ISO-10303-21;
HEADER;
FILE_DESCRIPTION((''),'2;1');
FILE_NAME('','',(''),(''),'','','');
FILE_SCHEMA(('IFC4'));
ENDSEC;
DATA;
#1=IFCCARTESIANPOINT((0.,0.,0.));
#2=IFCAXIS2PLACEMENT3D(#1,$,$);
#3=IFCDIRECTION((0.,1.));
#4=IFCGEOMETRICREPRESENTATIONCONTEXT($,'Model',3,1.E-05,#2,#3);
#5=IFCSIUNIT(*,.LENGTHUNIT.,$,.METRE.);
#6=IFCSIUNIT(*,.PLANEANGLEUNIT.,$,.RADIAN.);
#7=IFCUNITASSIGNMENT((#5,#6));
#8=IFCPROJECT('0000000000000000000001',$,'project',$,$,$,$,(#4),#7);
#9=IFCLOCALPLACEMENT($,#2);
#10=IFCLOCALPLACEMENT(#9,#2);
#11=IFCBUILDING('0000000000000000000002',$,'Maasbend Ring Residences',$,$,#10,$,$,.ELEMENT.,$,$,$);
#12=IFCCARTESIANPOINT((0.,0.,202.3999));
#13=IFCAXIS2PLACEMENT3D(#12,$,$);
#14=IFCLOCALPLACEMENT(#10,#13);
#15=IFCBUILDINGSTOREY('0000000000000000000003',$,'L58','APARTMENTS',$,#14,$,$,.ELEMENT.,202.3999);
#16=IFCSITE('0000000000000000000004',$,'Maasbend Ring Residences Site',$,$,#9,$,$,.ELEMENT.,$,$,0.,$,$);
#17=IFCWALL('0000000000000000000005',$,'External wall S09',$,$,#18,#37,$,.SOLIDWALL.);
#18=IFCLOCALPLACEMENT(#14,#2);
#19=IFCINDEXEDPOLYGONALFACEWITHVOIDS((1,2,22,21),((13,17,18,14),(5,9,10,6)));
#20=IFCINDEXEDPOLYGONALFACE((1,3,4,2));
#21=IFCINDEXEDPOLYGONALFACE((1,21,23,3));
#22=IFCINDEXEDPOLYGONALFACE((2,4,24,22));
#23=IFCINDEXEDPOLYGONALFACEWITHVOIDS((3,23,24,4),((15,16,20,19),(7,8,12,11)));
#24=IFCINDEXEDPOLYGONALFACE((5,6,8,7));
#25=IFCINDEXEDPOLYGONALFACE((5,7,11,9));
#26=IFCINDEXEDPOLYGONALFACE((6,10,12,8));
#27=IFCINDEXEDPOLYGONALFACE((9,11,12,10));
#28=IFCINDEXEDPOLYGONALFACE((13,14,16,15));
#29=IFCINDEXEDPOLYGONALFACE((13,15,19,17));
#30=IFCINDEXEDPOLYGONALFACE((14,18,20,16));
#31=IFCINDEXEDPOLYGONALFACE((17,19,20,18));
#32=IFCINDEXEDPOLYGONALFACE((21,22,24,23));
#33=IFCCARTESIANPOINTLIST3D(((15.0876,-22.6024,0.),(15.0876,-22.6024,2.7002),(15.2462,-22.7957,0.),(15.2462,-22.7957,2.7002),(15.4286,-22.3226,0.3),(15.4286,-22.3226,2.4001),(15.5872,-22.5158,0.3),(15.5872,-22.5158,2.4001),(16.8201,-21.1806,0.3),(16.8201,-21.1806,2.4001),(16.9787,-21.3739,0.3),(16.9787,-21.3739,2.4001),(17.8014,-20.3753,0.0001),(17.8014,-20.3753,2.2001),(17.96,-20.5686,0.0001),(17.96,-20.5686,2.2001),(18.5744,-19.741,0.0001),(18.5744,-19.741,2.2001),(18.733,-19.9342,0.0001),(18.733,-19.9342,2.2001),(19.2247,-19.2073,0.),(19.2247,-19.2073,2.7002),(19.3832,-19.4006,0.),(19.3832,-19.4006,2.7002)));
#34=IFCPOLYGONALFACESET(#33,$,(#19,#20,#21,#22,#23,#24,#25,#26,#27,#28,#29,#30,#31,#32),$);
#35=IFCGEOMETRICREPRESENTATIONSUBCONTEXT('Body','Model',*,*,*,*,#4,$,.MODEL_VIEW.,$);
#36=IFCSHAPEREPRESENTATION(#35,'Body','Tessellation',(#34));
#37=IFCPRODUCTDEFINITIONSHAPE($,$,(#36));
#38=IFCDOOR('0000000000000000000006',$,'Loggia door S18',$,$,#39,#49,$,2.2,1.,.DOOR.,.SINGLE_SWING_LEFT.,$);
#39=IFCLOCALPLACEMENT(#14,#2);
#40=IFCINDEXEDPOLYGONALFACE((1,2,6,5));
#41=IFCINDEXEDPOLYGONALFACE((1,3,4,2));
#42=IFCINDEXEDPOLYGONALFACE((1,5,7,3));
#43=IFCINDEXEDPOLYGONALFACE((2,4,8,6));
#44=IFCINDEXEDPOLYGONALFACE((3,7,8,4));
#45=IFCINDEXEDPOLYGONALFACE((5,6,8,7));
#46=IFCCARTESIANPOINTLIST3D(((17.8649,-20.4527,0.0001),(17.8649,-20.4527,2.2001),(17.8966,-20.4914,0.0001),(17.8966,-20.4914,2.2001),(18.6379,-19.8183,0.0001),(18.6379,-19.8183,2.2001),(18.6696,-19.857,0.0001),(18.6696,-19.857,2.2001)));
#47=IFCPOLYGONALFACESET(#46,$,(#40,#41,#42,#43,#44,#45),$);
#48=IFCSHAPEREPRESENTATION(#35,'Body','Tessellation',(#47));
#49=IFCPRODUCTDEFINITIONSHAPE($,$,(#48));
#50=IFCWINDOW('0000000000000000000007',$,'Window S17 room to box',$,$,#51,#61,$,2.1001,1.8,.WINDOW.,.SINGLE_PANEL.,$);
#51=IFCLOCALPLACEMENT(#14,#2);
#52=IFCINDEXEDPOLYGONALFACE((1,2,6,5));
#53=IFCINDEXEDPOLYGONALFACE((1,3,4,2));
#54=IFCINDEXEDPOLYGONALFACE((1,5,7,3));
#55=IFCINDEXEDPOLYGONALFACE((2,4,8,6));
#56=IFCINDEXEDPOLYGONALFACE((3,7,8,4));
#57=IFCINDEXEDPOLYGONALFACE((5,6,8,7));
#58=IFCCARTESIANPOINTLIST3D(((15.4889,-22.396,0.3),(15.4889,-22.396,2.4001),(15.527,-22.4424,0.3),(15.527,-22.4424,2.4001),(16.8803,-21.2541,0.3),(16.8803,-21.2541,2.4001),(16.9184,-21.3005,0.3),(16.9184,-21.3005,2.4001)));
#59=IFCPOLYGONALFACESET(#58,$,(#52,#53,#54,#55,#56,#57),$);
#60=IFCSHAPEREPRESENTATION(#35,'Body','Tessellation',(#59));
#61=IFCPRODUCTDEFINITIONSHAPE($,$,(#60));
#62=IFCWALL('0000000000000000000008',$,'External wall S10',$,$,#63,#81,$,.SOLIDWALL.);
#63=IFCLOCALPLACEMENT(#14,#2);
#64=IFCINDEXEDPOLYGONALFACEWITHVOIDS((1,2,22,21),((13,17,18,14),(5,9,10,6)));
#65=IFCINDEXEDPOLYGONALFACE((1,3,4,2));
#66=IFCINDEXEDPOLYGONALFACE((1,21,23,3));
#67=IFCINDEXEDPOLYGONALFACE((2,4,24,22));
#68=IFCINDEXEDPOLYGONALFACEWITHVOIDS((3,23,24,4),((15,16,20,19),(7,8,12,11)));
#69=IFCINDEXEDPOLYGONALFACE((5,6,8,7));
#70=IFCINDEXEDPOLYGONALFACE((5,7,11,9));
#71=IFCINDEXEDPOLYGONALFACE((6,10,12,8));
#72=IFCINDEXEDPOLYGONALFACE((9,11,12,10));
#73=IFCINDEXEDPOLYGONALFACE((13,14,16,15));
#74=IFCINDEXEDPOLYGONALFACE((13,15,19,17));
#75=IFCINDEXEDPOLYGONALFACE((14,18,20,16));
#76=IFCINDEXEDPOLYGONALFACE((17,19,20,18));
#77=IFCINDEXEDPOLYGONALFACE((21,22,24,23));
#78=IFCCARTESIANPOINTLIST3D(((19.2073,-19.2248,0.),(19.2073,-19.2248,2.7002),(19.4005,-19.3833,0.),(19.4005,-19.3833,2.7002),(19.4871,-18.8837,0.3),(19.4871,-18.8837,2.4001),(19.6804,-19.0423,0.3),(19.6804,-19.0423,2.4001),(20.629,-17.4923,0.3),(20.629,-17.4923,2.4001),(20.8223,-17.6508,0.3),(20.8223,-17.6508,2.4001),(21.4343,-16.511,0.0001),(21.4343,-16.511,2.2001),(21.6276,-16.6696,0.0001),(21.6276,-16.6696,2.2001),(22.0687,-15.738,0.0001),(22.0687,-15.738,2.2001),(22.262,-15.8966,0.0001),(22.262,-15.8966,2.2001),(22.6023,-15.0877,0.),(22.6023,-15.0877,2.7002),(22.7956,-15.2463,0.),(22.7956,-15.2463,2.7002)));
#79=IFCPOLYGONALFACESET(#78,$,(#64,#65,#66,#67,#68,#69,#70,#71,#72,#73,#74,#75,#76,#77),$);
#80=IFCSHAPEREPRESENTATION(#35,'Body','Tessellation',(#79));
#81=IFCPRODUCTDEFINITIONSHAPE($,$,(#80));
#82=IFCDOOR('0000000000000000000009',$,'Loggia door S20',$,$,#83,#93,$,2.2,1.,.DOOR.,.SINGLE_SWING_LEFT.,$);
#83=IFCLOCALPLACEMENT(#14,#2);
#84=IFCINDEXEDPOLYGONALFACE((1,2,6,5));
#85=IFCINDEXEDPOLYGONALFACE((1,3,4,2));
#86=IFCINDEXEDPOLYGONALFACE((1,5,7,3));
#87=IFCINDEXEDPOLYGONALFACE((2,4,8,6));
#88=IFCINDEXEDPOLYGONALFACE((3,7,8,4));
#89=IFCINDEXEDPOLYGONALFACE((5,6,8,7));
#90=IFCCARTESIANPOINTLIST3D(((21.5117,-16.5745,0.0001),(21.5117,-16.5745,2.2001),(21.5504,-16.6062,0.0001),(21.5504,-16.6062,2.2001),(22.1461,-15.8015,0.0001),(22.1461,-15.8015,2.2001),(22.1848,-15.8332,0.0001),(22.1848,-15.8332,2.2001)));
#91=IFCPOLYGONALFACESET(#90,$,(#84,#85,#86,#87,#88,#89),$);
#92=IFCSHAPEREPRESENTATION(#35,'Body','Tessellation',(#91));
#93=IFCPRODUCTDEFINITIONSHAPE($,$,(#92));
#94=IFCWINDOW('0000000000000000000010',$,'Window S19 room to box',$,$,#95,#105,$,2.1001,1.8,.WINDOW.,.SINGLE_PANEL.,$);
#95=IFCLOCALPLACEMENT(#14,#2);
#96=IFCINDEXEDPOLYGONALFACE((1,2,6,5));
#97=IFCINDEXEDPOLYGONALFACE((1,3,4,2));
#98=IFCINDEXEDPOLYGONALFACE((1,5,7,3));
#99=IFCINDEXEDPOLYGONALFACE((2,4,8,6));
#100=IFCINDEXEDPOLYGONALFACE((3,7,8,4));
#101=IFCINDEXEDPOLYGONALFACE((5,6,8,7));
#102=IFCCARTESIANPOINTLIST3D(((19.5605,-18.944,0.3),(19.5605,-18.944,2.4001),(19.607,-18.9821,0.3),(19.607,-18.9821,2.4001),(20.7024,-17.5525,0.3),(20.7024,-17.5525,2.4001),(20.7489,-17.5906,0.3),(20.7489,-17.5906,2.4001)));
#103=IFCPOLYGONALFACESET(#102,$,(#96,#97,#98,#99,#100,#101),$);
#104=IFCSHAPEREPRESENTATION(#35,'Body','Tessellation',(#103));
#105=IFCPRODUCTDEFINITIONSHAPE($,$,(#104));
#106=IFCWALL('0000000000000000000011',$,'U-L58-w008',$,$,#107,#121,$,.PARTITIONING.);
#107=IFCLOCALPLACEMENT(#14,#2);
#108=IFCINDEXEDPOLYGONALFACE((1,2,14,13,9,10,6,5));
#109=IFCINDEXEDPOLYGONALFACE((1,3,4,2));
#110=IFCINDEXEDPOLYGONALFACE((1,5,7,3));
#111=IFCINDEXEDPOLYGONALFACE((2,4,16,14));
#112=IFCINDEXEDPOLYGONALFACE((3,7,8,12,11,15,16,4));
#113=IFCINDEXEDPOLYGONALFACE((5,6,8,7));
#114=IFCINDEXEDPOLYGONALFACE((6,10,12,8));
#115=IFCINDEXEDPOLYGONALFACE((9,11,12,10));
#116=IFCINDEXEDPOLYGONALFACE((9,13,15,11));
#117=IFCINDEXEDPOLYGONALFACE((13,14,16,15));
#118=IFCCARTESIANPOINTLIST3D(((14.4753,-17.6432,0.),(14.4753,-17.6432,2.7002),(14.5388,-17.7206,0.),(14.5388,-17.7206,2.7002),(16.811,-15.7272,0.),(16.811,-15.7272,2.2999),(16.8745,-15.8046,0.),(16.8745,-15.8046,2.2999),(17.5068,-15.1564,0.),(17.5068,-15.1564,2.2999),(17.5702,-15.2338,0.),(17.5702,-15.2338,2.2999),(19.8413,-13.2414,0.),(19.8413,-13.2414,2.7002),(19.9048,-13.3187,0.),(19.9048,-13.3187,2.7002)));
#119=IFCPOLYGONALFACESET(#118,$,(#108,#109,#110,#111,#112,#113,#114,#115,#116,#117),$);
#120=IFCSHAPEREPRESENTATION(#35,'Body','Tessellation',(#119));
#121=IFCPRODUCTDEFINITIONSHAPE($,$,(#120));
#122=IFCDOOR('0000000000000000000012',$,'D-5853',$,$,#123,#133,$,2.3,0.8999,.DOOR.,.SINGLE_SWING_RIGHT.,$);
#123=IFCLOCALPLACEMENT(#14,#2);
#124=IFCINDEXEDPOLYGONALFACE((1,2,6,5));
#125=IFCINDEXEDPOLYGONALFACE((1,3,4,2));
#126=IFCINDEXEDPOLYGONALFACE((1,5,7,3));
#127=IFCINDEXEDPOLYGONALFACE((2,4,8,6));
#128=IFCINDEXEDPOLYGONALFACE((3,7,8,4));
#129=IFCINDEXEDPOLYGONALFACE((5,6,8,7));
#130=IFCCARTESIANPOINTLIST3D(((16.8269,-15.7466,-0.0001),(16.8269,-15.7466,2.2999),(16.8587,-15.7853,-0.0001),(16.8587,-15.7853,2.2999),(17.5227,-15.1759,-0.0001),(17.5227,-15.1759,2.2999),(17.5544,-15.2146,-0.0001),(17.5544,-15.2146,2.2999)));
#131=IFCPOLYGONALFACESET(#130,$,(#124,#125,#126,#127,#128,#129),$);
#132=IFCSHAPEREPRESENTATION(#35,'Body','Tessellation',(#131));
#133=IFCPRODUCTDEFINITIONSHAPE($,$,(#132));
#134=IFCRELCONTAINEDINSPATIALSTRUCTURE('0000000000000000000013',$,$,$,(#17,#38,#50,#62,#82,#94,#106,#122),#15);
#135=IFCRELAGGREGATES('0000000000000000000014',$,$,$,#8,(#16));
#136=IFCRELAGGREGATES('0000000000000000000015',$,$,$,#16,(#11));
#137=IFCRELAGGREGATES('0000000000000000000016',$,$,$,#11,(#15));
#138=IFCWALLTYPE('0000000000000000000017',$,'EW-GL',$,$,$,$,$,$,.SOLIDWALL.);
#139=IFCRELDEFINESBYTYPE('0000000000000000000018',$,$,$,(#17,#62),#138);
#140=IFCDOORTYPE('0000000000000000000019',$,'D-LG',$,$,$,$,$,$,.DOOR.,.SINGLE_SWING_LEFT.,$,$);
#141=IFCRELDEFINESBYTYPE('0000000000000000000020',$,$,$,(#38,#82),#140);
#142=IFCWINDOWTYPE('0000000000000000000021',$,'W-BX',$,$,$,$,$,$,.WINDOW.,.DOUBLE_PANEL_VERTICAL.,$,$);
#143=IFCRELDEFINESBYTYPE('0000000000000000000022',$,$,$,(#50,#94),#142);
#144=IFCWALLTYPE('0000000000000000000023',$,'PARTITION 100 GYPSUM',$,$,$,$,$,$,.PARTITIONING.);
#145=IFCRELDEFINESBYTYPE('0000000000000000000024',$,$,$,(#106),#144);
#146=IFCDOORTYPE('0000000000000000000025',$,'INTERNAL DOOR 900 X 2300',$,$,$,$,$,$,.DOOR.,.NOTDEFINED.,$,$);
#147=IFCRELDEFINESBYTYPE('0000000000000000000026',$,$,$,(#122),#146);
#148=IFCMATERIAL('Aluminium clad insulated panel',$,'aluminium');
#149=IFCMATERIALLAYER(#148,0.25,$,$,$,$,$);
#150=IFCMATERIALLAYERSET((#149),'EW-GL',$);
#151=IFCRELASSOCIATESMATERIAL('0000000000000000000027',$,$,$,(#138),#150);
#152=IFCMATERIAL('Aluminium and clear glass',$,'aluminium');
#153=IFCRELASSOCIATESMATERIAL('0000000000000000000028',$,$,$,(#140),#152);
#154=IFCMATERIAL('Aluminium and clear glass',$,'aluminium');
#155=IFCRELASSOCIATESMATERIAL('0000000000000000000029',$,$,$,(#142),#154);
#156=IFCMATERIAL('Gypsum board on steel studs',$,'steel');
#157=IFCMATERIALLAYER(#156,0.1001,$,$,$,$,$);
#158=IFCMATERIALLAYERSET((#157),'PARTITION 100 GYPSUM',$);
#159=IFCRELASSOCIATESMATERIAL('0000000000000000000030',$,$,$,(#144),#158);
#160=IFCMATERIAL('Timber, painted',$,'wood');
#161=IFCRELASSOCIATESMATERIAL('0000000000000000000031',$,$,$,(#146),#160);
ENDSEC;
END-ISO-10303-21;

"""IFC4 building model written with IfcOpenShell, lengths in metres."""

from ifc_helpers import new_model, si_unit, direction, frame, frame_2d, origin, place, context, subcontext, project, spatial, rectangle, extrude, material, layer, layer_set, type_object, element, fill, save


model = new_model("IFC4")

# Units and contexts
model_context = context("Model", 3, precision=1e-05, world=origin(), true_north=direction((0.0, 1.0)))
body_context = subcontext(model_context, "Body", "Model", "MODEL_VIEW")
ifc_project = project(units=[si_unit("LENGTHUNIT", "METRE"), si_unit("PLANEANGLEUNIT", "RADIAN")], contexts=[model_context])

# Site, building, storey
site_placement = place(None, origin())
site = spatial("IfcSite", under=ifc_project, at=site_placement, Name="Maasbend Ring Residences Site", CompositionType="ELEMENT", RefElevation=0.0)
building_placement = place(site_placement, origin())
building = spatial("IfcBuilding", under=site, at=building_placement, Name="Maasbend Ring Residences", CompositionType="ELEMENT")
storey_placement = place(building_placement, frame((0.0, 0.0, 202.3999)))
storey = spatial("IfcBuildingStorey", under=building, at=storey_placement, Name="L58", Description="APARTMENTS", CompositionType="ELEMENT", Elevation=202.3999)

# Walls, openings, doors, windows
ifc_material_1 = material(Name="Aluminium clad insulated panel", Category="aluminium")
ifc_layer_1 = layer(ifc_material_1, 0.25)
ifc_layer_set_1 = layer_set([ifc_layer_1], Name="EW-GL")
wall_type_1 = type_object("IfcWallType", Name="EW-GL", PredefinedType="SOLIDWALL", material=ifc_layer_set_1)
wall_1_placement = place(storey_placement, frame((15.167, -22.699, 0.0), z_axis=(0.0, 0.0, 1.0), x_axis=(0.773019, 0.634382, 0.0)))
wall_1 = element("IfcWall", 1, at=wall_1_placement, inside=storey, type_object=wall_type_1, Name="External wall S09", PredefinedType="SOLIDWALL", context=body_context, shape_type="SweptSolid", body=[
    extrude(rectangle(XDim=5.3518, YDim=0.25, at=frame_2d((2.6758, 0.0))), origin(), (0.0, 0.0, 1.0), 2.7002),
])
opening_1_placement = place(wall_1_placement, frame((0.4412, 0.0, 0.3)))
opening_1 = element("IfcOpeningElement", 2, at=opening_1_placement, cuts=wall_1, PredefinedType="OPENING", context=body_context, shape_type="SweptSolid", body=[
    extrude(rectangle(XDim=1.8, YDim=2.1001, at=frame_2d((0.8999, 1.05))), frame((0.0, 0.135, 0.0), z_axis=(0.0, -1.0, 0.0), x_axis=(1.0, 0.0, 0.0)), (0.0, 0.0, 1.0), 0.27),
])
opening_2_placement = place(wall_1_placement, frame((3.5105, 0.0, 0.0)))
opening_2 = element("IfcOpeningElement", 3, at=opening_2_placement, cuts=wall_1, PredefinedType="OPENING", context=body_context, shape_type="SweptSolid", body=[
    extrude(rectangle(XDim=1.0, YDim=2.2, at=frame_2d((0.5, 1.1001))), frame((0.0, 0.135, 0.0), z_axis=(0.0, -1.0, 0.0), x_axis=(1.0, 0.0, 0.0)), (0.0, 0.0, 1.0), 0.27),
])
ifc_material_2 = material(Name="Aluminium and clear glass", Category="aluminium")
door_type_1 = type_object("IfcDoorType", Name="D-LG", OperationType="SINGLE_SWING_LEFT", PredefinedType="DOOR", material=ifc_material_2)
door_1_placement = place(opening_2_placement, origin())
door_1 = element("IfcDoor", 4, at=door_1_placement, inside=storey, type_object=door_type_1, Name="Loggia door S18", OperationType="SINGLE_SWING_LEFT", OverallHeight=2.2, OverallWidth=1.0, PredefinedType="DOOR", context=body_context, shape_type="SweptSolid", body=[
    extrude(rectangle(XDim=1.0, YDim=2.2, at=frame_2d((0.5, 1.1001))), frame((0.0, 0.0249, 0.0), z_axis=(0.0, -1.0, 0.0), x_axis=(1.0, 0.0, 0.0)), (0.0, 0.0, 1.0), 0.05),
])
fill(opening_2, door_1)
ifc_material_3 = material(Name="Aluminium and clear glass", Category="aluminium")
window_type_1 = type_object("IfcWindowType", Name="W-BX", PartitioningType="DOUBLE_PANEL_VERTICAL", PredefinedType="WINDOW", material=ifc_material_3)
window_1_placement = place(opening_1_placement, origin())
window_1 = element("IfcWindow", 5, at=window_1_placement, inside=storey, type_object=window_type_1, Name="Window S17 room to box", OverallHeight=2.1001, OverallWidth=1.8, PartitioningType="SINGLE_PANEL", PredefinedType="WINDOW", context=body_context, shape_type="SweptSolid", body=[
    extrude(rectangle(XDim=1.8, YDim=2.1001, at=frame_2d((0.8999, 1.05))), frame((0.0, 0.03, 0.0), z_axis=(0.0, -1.0, 0.0), x_axis=(1.0, 0.0, 0.0)), (0.0, 0.0, 1.0), 0.0601),
])
fill(opening_1, window_1)
wall_2_placement = place(storey_placement, frame((19.304, -19.304, 0.0), z_axis=(0.0, 0.0, 1.0), x_axis=(0.634382, 0.773019, 0.0)))
wall_2 = element("IfcWall", 6, at=wall_2_placement, inside=storey, type_object=wall_type_1, Name="External wall S10", PredefinedType="SOLIDWALL", context=body_context, shape_type="SweptSolid", body=[
    extrude(rectangle(XDim=5.3518, YDim=0.25, at=frame_2d((2.6758, 0.0))), origin(), (0.0, 0.0, 1.0), 2.7002),
])
opening_3_placement = place(wall_2_placement, frame((0.4412, 0.0, 0.3)))
opening_3 = element("IfcOpeningElement", 7, at=opening_3_placement, cuts=wall_2, PredefinedType="OPENING", context=body_context, shape_type="SweptSolid", body=[
    extrude(rectangle(XDim=1.8, YDim=2.1001, at=frame_2d((0.8999, 1.05))), frame((0.0, 0.135, 0.0), z_axis=(0.0, -1.0, 0.0), x_axis=(1.0, 0.0, 0.0)), (0.0, 0.0, 1.0), 0.27),
])
opening_4_placement = place(wall_2_placement, frame((3.5105, 0.0, 0.0)))
opening_4 = element("IfcOpeningElement", 8, at=opening_4_placement, cuts=wall_2, PredefinedType="OPENING", context=body_context, shape_type="SweptSolid", body=[
    extrude(rectangle(XDim=1.0, YDim=2.2, at=frame_2d((0.5, 1.1001))), frame((0.0, 0.135, 0.0), z_axis=(0.0, -1.0, 0.0), x_axis=(1.0, 0.0, 0.0)), (0.0, 0.0, 1.0), 0.27),
])
door_2_placement = place(opening_4_placement, origin())
door_2 = element("IfcDoor", 9, at=door_2_placement, inside=storey, type_object=door_type_1, Name="Loggia door S20", OperationType="SINGLE_SWING_LEFT", OverallHeight=2.2, OverallWidth=1.0, PredefinedType="DOOR", context=body_context, shape_type="SweptSolid", body=[
    extrude(rectangle(XDim=1.0, YDim=2.2, at=frame_2d((0.5, 1.1001))), frame((0.0, 0.0249, 0.0), z_axis=(0.0, -1.0, 0.0), x_axis=(1.0, 0.0, 0.0)), (0.0, 0.0, 1.0), 0.05),
])
fill(opening_4, door_2)
window_2_placement = place(opening_3_placement, origin())
window_2 = element("IfcWindow", 10, at=window_2_placement, inside=storey, type_object=window_type_1, Name="Window S19 room to box", OverallHeight=2.1001, OverallWidth=1.8, PartitioningType="SINGLE_PANEL", PredefinedType="WINDOW", context=body_context, shape_type="SweptSolid", body=[
    extrude(rectangle(XDim=1.8, YDim=2.1001, at=frame_2d((0.8999, 1.05))), frame((0.0, 0.03, 0.0), z_axis=(0.0, -1.0, 0.0), x_axis=(1.0, 0.0, 0.0)), (0.0, 0.0, 1.0), 0.0601),
])
fill(opening_3, window_2)

# Wall, opening, door
ifc_material_4 = material(Name="Gypsum board on steel studs", Category="steel")
ifc_layer_2 = layer(ifc_material_4, 0.1001)
ifc_layer_set_2 = layer_set([ifc_layer_2], Name="PARTITION 100 GYPSUM")
wall_type_2 = type_object("IfcWallType", Name="PARTITION 100 GYPSUM", PredefinedType="PARTITIONING", material=ifc_layer_set_2)
wall_3_placement = place(storey_placement, frame((14.5071, -17.6819, 0.0), z_axis=(0.0, 0.0, 1.0), x_axis=(0.773143, 0.634231, 0.0)))
wall_3 = element("IfcWall", 11, at=wall_3_placement, inside=storey, type_object=wall_type_2, Name="U-L58-w008", PredefinedType="PARTITIONING", context=body_context, shape_type="SweptSolid", body=[
    extrude(rectangle(XDim=6.9404, YDim=0.1001, at=frame_2d((3.4702, 0.0))), origin(), (0.0, 0.0, 1.0), 2.7002),
])
opening_5_placement = place(wall_3_placement, frame((3.021, 0.0, 0.0)))
opening_5 = element("IfcOpeningElement", 12, at=opening_5_placement, cuts=wall_3, PredefinedType="OPENING", context=body_context, shape_type="SweptSolid", body=[
    extrude(rectangle(XDim=0.8999, YDim=2.3, at=frame_2d((0.45, 1.1499))), frame((0.0, 0.0601, 0.0), z_axis=(0.0, -1.0, 0.0), x_axis=(1.0, 0.0, 0.0)), (0.0, 0.0, 1.0), 0.1201),
])
ifc_material_5 = material(Name="Timber, painted", Category="wood")
door_type_2 = type_object("IfcDoorType", Name="INTERNAL DOOR 900 X 2300", OperationType="NOTDEFINED", PredefinedType="DOOR", material=ifc_material_5)
door_3_placement = place(opening_5_placement, origin())
door_3 = element("IfcDoor", 13, at=door_3_placement, inside=storey, type_object=door_type_2, Name="D-5853", OperationType="SINGLE_SWING_RIGHT", OverallHeight=2.3, OverallWidth=0.8999, PredefinedType="DOOR", context=body_context, shape_type="SweptSolid", body=[
    extrude(rectangle(XDim=0.8999, YDim=2.3, at=frame_2d((0.45, 1.1499))), frame((0.0, 0.0249, 0.0), z_axis=(0.0, -1.0, 0.0), x_axis=(1.0, 0.0, 0.0)), (0.0, 0.0, 1.0), 0.05),
])
fill(opening_5, door_3)

save(model, "model.ifc")
